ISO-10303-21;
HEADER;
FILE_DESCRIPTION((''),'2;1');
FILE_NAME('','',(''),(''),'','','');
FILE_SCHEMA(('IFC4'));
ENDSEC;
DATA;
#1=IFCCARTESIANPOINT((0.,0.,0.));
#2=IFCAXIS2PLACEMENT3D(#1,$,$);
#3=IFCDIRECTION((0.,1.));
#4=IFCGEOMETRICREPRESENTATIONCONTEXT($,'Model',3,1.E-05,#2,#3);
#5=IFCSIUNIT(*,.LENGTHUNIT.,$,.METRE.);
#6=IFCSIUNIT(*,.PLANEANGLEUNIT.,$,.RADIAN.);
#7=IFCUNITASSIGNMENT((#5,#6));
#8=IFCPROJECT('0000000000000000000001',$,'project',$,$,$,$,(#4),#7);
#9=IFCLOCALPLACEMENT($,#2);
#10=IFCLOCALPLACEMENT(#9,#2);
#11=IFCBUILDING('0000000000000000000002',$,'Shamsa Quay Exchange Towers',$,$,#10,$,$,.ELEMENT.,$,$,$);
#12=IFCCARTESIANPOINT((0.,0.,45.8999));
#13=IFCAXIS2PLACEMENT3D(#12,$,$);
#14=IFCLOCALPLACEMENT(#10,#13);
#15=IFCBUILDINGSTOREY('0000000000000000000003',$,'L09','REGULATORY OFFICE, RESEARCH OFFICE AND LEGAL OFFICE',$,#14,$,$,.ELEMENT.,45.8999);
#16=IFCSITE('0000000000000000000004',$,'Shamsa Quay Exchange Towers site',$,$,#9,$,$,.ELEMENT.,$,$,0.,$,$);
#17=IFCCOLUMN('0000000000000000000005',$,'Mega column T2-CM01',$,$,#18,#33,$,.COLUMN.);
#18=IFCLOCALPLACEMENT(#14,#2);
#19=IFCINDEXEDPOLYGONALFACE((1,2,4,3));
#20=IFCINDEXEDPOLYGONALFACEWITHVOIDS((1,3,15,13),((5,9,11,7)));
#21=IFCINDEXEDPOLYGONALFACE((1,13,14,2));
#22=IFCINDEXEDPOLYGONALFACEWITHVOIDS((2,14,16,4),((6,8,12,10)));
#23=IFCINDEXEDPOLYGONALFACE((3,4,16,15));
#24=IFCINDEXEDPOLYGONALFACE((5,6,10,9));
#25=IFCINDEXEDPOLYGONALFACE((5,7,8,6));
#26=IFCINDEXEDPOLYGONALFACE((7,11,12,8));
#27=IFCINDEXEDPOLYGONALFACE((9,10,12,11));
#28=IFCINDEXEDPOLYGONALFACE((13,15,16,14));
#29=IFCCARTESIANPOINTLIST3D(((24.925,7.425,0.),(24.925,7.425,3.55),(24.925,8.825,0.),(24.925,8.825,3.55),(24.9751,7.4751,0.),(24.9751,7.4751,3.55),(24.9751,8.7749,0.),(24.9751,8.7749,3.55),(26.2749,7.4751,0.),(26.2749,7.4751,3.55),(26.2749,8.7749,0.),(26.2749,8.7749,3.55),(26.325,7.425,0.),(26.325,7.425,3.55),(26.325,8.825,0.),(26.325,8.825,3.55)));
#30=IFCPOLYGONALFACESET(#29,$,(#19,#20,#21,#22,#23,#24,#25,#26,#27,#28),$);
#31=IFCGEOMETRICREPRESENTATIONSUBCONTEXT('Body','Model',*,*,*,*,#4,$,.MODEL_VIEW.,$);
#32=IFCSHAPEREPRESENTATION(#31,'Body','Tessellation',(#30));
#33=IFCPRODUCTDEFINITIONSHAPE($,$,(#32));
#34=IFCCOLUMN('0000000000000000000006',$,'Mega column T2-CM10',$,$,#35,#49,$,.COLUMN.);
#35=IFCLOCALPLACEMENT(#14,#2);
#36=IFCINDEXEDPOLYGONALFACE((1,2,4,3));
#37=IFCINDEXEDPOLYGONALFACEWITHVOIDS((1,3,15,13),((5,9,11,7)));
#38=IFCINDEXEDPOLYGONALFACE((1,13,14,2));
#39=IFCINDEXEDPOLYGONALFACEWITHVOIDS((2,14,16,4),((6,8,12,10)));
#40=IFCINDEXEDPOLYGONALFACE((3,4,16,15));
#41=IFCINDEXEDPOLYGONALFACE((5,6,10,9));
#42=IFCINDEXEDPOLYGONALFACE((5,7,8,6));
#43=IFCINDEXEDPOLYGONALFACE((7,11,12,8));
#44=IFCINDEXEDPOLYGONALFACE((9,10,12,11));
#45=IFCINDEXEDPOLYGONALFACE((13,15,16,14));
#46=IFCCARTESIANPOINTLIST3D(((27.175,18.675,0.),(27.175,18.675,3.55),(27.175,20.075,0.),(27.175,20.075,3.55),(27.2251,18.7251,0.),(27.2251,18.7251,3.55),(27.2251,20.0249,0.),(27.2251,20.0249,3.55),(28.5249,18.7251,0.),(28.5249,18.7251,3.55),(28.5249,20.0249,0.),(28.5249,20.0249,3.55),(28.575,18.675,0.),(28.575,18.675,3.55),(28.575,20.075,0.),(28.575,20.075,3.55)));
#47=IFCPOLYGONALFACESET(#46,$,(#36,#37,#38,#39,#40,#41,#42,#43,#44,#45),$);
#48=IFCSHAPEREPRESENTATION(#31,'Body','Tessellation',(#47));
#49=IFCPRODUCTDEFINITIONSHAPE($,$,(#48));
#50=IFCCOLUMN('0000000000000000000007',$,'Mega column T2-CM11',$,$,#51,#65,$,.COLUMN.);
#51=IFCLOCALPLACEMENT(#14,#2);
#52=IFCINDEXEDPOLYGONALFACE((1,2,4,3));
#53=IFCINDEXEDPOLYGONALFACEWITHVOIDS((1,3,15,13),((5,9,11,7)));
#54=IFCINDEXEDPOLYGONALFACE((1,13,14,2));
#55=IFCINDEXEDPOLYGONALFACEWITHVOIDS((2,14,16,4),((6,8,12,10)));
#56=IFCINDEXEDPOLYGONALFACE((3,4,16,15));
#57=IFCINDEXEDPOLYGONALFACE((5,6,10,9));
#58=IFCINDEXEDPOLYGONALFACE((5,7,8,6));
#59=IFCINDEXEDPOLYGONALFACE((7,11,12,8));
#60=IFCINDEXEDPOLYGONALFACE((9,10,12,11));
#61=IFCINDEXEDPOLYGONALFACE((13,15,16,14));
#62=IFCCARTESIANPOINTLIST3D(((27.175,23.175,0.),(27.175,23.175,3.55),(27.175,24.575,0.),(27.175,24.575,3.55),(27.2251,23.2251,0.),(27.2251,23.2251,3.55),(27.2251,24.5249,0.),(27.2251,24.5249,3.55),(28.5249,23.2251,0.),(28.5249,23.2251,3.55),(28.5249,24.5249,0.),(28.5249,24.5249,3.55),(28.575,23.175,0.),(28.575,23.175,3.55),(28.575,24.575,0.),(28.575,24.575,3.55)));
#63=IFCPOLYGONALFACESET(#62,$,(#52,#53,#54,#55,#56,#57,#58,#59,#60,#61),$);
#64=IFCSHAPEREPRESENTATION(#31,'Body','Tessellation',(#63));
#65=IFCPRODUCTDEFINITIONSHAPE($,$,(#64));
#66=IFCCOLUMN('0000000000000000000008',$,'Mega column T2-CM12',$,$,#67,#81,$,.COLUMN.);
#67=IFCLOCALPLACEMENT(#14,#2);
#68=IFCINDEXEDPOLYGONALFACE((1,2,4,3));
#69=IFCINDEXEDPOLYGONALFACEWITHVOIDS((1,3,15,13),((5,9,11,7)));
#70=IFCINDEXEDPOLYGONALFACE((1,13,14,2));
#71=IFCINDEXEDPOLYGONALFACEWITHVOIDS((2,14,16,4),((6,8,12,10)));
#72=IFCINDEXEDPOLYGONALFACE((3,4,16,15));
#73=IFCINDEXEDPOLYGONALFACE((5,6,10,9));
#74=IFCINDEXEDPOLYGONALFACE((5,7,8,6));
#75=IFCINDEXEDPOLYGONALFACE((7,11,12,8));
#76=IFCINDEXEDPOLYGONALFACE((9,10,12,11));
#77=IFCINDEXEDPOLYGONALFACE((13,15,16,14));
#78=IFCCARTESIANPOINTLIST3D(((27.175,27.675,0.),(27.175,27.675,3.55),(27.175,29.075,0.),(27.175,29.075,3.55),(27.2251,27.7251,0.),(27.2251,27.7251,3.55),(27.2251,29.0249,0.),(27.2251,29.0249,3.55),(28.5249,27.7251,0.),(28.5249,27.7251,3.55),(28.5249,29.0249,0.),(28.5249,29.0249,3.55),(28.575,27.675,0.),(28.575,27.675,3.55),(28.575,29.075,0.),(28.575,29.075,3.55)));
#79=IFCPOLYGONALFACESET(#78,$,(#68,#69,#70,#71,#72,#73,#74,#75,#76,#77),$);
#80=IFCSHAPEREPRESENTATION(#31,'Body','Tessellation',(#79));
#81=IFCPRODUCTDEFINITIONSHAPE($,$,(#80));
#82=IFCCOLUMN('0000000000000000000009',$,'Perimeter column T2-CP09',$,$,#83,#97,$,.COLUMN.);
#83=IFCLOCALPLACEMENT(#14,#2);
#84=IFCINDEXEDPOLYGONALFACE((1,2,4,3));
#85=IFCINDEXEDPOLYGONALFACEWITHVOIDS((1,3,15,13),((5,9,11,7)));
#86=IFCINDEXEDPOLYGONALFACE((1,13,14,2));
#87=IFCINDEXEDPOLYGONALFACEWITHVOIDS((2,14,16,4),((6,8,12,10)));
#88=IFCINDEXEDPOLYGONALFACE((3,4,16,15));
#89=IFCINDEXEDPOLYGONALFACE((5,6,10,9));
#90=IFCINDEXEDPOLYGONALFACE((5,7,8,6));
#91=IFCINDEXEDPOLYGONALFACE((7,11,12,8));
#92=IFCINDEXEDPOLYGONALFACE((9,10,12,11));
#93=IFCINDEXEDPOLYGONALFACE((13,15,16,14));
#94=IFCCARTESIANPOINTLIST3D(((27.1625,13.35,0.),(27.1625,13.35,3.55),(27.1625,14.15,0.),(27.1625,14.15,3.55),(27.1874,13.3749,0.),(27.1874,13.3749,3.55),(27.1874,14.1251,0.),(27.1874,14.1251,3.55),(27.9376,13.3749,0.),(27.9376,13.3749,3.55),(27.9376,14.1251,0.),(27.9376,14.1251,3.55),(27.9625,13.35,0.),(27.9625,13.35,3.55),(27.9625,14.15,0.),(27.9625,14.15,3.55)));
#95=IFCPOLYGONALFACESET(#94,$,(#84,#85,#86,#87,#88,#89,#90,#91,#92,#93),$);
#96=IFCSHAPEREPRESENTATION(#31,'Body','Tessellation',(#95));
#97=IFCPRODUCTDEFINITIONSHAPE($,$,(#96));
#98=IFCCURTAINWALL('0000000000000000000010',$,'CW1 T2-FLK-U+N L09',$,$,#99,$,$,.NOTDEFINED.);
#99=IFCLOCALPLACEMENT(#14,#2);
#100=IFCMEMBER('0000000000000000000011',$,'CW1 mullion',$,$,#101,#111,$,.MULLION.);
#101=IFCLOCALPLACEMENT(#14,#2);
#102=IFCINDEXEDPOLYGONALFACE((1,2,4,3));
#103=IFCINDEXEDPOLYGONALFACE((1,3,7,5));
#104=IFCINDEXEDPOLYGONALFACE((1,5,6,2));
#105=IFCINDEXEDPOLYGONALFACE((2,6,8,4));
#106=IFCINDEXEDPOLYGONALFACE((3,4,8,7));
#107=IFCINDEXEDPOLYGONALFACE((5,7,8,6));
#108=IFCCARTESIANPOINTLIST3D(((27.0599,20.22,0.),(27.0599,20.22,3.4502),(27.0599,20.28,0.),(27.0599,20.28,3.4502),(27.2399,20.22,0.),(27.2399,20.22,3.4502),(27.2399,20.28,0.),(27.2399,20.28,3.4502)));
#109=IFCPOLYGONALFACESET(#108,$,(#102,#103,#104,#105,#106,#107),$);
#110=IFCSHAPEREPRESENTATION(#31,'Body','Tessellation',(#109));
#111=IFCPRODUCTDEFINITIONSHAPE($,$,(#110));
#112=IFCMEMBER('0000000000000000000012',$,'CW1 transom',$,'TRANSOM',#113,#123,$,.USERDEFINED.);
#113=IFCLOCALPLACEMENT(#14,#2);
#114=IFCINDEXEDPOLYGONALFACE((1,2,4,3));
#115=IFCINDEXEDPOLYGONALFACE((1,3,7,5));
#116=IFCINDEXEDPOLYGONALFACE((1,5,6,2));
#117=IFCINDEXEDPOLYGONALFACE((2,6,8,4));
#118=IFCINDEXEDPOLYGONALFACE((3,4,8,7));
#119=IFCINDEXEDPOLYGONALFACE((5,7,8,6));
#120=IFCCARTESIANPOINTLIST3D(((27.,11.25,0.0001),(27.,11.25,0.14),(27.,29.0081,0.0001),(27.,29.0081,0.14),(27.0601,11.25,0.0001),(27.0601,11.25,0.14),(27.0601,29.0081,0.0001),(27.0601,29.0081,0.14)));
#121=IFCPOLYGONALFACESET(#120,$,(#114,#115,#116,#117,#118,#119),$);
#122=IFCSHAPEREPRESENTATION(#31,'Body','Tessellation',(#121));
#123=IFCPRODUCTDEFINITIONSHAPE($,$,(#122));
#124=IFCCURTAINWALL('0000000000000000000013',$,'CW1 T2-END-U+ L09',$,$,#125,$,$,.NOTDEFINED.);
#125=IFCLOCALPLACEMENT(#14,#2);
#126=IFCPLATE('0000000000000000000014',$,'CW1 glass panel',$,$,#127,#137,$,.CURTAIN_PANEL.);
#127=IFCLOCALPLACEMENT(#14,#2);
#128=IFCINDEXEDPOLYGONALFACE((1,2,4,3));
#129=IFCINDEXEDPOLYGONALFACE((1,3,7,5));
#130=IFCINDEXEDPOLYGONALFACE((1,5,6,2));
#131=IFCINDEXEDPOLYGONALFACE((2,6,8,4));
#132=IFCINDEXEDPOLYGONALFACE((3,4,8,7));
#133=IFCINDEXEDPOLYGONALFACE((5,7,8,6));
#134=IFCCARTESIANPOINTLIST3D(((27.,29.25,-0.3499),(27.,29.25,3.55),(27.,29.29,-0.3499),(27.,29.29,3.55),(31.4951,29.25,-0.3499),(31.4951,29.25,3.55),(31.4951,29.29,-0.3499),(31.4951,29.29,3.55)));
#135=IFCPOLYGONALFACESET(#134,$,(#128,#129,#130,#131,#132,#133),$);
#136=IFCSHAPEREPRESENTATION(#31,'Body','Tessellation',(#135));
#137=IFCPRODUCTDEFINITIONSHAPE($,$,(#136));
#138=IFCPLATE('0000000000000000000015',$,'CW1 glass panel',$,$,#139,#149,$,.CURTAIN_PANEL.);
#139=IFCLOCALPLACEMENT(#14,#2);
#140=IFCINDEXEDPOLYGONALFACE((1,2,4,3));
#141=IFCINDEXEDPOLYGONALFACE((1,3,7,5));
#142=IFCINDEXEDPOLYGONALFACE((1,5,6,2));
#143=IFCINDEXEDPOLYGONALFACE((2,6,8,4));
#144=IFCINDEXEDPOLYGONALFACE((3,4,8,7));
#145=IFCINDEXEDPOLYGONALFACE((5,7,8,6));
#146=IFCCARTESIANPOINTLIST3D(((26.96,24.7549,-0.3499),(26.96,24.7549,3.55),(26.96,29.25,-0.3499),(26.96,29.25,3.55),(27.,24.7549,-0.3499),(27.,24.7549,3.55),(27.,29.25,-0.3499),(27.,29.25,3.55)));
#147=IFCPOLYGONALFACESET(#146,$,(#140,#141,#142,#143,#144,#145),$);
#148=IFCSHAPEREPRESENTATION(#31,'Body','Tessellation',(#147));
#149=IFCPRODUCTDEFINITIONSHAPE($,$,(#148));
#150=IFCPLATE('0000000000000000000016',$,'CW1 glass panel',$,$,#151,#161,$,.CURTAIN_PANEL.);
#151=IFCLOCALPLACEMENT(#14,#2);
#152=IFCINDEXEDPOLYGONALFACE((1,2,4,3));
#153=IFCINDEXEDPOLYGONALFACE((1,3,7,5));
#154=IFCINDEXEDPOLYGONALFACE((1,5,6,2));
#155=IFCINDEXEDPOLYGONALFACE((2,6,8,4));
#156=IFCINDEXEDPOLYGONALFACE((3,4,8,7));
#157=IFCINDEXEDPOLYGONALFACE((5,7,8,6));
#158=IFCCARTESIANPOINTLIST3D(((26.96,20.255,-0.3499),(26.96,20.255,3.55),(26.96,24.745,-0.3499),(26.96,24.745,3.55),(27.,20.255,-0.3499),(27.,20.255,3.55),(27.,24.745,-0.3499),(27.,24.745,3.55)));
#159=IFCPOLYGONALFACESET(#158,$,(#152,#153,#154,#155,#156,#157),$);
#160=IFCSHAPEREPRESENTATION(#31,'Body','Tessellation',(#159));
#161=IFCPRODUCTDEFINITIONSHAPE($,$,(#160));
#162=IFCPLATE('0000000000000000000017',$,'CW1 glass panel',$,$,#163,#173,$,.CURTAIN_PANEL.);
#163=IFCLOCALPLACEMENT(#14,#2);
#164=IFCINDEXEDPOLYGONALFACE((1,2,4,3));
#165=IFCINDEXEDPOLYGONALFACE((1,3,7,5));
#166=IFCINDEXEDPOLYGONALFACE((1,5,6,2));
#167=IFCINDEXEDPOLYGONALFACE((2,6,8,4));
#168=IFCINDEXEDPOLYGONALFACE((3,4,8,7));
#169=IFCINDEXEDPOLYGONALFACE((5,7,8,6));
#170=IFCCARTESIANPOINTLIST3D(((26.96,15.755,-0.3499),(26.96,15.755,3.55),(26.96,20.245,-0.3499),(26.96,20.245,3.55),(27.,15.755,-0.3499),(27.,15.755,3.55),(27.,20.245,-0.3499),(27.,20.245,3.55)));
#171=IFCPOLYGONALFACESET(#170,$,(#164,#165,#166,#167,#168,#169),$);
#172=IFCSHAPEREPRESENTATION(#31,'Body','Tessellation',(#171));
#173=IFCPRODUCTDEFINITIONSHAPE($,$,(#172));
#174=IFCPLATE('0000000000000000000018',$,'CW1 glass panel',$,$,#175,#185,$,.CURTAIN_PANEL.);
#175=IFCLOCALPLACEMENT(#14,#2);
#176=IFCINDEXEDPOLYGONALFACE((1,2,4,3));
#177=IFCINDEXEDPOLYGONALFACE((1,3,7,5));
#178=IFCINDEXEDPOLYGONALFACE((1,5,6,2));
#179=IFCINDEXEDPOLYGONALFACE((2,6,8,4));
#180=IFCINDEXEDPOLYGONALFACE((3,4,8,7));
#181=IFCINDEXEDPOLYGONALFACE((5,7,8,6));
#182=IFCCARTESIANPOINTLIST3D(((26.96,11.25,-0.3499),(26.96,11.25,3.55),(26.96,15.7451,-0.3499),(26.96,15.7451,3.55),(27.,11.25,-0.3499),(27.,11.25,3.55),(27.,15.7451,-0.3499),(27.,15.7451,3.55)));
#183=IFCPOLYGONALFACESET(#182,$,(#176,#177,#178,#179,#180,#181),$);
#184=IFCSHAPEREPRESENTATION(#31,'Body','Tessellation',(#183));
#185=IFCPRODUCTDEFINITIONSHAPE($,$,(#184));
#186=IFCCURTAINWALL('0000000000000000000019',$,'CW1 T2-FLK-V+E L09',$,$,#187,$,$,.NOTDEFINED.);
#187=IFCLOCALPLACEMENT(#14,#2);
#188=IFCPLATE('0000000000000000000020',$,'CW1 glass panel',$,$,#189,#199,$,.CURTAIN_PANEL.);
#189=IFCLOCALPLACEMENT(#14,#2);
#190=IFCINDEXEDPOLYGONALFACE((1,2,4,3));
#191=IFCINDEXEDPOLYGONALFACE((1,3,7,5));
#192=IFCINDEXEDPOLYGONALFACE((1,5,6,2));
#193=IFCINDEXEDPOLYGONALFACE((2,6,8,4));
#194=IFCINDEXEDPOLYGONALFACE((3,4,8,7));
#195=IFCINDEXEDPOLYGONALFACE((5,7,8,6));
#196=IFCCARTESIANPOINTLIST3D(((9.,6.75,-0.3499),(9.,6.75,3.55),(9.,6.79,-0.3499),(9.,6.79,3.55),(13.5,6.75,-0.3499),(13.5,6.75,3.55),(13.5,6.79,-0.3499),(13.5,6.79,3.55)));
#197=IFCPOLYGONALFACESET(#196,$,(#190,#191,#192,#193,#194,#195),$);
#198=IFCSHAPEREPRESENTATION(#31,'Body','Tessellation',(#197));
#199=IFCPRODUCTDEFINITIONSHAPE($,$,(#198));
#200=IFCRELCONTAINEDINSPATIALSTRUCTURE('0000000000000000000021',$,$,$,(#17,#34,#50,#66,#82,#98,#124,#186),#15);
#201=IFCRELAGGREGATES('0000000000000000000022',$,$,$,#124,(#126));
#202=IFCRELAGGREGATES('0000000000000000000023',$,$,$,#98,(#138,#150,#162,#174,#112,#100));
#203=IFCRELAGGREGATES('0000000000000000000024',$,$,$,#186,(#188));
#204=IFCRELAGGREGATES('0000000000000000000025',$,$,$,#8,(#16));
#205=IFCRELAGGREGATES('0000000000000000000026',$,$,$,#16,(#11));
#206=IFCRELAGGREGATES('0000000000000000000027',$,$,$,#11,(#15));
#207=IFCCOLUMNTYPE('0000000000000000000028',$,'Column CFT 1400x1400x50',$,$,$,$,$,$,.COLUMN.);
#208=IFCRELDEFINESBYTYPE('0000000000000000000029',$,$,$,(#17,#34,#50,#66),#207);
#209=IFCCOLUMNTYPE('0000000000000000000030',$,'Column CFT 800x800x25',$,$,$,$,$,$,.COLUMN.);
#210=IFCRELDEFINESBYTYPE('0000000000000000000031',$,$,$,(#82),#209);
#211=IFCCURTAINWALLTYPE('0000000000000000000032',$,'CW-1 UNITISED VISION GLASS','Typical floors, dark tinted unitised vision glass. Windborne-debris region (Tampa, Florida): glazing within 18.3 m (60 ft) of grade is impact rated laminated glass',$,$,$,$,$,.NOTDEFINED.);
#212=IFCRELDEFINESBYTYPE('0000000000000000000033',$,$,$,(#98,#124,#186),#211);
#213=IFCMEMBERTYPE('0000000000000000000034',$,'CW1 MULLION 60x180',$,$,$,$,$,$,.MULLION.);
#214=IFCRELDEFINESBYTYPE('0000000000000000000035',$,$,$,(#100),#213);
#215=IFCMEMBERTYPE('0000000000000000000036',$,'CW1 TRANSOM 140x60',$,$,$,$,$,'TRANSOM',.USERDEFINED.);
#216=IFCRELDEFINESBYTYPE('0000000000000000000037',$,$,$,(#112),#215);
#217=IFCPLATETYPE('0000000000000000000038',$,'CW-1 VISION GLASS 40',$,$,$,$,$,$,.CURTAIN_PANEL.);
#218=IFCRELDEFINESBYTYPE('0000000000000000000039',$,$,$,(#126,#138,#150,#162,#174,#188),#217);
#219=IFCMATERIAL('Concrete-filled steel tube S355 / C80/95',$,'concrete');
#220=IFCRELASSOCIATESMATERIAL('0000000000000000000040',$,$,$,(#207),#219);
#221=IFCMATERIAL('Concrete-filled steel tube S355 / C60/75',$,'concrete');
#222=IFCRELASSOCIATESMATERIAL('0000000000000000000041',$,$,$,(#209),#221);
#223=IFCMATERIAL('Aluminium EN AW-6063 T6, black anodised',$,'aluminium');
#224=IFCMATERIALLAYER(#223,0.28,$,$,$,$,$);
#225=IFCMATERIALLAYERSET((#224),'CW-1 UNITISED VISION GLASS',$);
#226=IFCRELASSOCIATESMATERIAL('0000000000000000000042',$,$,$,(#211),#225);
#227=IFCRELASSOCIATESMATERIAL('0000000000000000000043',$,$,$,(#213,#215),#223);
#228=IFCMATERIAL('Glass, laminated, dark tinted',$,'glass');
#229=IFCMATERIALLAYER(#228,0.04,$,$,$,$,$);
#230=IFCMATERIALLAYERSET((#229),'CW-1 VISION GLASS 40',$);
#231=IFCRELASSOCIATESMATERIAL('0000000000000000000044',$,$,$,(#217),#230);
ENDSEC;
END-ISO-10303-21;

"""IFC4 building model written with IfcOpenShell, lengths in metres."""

from ifc_helpers import new_model, si_unit, direction, frame, origin, origin_2d, place, context, subcontext, project, spatial, rectangle, hollow_rectangle, extrude, material, layer, layer_set, material_profile, profile_set, type_object, element, aggregate, save


model = new_model("IFC4")

# Units and contexts
model_context = context("Model", 3, precision=1e-05, world=origin(), true_north=direction((0.0, 1.0)))
body_context = subcontext(model_context, "Body", "Model", "MODEL_VIEW")
ifc_project = project(units=[si_unit("LENGTHUNIT", "METRE"), si_unit("PLANEANGLEUNIT", "RADIAN")], contexts=[model_context])

# Site, building, storey
site_placement = place(None, origin())
site = spatial("IfcSite", under=ifc_project, at=site_placement, Name="Shamsa Quay Exchange Towers site", CompositionType="ELEMENT", RefElevation=0.0)
building_placement = place(site_placement, origin())
building = spatial("IfcBuilding", under=site, at=building_placement, Name="Shamsa Quay Exchange Towers", CompositionType="ELEMENT")
storey_placement = place(building_placement, frame((0.0, 0.0, 45.8999)))
storey = spatial("IfcBuildingStorey", under=building, at=storey_placement, Name="L09", Description="REGULATORY OFFICE, RESEARCH OFFICE AND LEGAL OFFICE", CompositionType="ELEMENT", Elevation=45.8999)

# Columns
ifc_material_1 = material(Name="Concrete-filled steel tube S355 / C80/95", Category="concrete")
ifc_material_profile_1 = material_profile(ifc_material_1, hollow_rectangle(XDim=1.3999, YDim=1.3999, WallThickness=0.05, at=origin_2d()), Name="CFT 1400x1400x50")
ifc_profile_set_1 = profile_set([ifc_material_profile_1], Name="Concrete-filled steel tube S355 / C80/95")
column_type_1 = type_object("IfcColumnType", Name="Column CFT 1400x1400x50", PredefinedType="COLUMN", material=ifc_profile_set_1)
for number, where, name in (
    (1, (25.625, 8.125, 0.0), "Mega column T2-CM01"),
    (2, (27.875, 19.375, 0.0), "Mega column T2-CM10"),
    (3, (27.875, 23.875, 0.0), "Mega column T2-CM11"),
    (4, (27.875, 28.375, 0.0), "Mega column T2-CM12"),
):
    element("IfcColumn", number, at=place(storey_placement, frame(where)), inside=storey, type_object=column_type_1, Name=name, PredefinedType="COLUMN", context=body_context, shape_type="SweptSolid", body=[
        extrude(hollow_rectangle(XDim=1.3999, YDim=1.3999, WallThickness=0.05, at=origin_2d()), origin(), (0.0, 0.0, 1.0), 3.55),
    ])
ifc_material_2 = material(Name="Concrete-filled steel tube S355 / C60/75", Category="concrete")
ifc_material_profile_2 = material_profile(ifc_material_2, hollow_rectangle(XDim=0.8, YDim=0.8, WallThickness=0.0249, at=origin_2d()), Name="CFT 800x800x25")
ifc_profile_set_2 = profile_set([ifc_material_profile_2], Name="Concrete-filled steel tube S355 / C60/75")
column_type_2 = type_object("IfcColumnType", Name="Column CFT 800x800x25", PredefinedType="COLUMN", material=ifc_profile_set_2)
column_placement = place(storey_placement, frame((27.5625, 13.75, 0.0)))
element("IfcColumn", 5, at=column_placement, inside=storey, type_object=column_type_2, Name="Perimeter column T2-CP09", PredefinedType="COLUMN", context=body_context, shape_type="SweptSolid", body=[
    extrude(hollow_rectangle(XDim=0.8, YDim=0.8, WallThickness=0.0249, at=origin_2d()), origin(), (0.0, 0.0, 1.0), 3.55),
])

# Curtain wall, members
ifc_material_3 = material(Name="Aluminium EN AW-6063 T6, black anodised", Category="aluminium")
ifc_layer_1 = layer(ifc_material_3, 0.28)
ifc_layer_set_1 = layer_set([ifc_layer_1], Name="CW-1 UNITISED VISION GLASS")
curtain_wall_type_1 = type_object("IfcCurtainWallType", Name="CW-1 UNITISED VISION GLASS", Description="Typical floors, dark tinted unitised vision glass. Windborne-debris region (Tampa, Florida): glazing within 18.3 m (60 ft) of grade is impact rated laminated glass", PredefinedType="NOTDEFINED", material=ifc_layer_set_1)
curtain_wall_1_placement = place(storey_placement, origin())
curtain_wall_1 = element("IfcCurtainWall", 6, at=curtain_wall_1_placement, inside=storey, type_object=curtain_wall_type_1, Name="CW1 T2-FLK-U+N L09", PredefinedType="NOTDEFINED")
ifc_material_profile_3 = material_profile(ifc_material_3, rectangle(XDim=0.1799, YDim=0.0601, at=origin_2d()), Name="MU60x180")
ifc_profile_set_3 = profile_set([ifc_material_profile_3], Name="Aluminium EN AW-6063 T6, black anodised")
member_type_1 = type_object("IfcMemberType", Name="CW1 MULLION 60x180", PredefinedType="MULLION", material=ifc_profile_set_3)
member_1_placement = place(storey_placement, frame((27.1499, 20.25, 0.0)))
member_1 = element("IfcMember", 7, at=member_1_placement, type_object=member_type_1, Name="CW1 mullion", PredefinedType="MULLION", context=body_context, shape_type="SweptSolid", body=[
    extrude(rectangle(XDim=0.1799, YDim=0.0601, at=origin_2d()), origin(), (0.0, 0.0, 1.0), 3.4502),
])
ifc_material_profile_4 = material_profile(ifc_material_3, rectangle(XDim=0.0601, YDim=0.1399, at=origin_2d()), Name="TR140x60")
ifc_profile_set_4 = profile_set([ifc_material_profile_4], Name="Aluminium EN AW-6063 T6, black anodised")
member_type_2 = type_object("IfcMemberType", Name="CW1 TRANSOM 140x60", ElementType="TRANSOM", PredefinedType="USERDEFINED", material=ifc_profile_set_4)
member_2_placement = place(storey_placement, frame((27.03, 29.0081, 0.0701), z_axis=(0.0, -1.0, 0.0), x_axis=(1.0, 0.0, 0.0)))
member_2 = element("IfcMember", 8, at=member_2_placement, type_object=member_type_2, Name="CW1 transom", ObjectType="TRANSOM", PredefinedType="USERDEFINED", context=body_context, shape_type="SweptSolid", body=[
    extrude(rectangle(XDim=0.0601, YDim=0.1399, at=origin_2d()), origin(), (0.0, 0.0, 1.0), 17.7581),
])

# Curtain wall, plate
curtain_wall_2_placement = place(storey_placement, origin())
curtain_wall_2 = element("IfcCurtainWall", 9, at=curtain_wall_2_placement, inside=storey, type_object=curtain_wall_type_1, Name="CW1 T2-END-U+ L09", PredefinedType="NOTDEFINED")
ifc_material_4 = material(Name="Glass, laminated, dark tinted", Category="glass")
ifc_layer_2 = layer(ifc_material_4, 0.04)
ifc_layer_set_2 = layer_set([ifc_layer_2], Name="CW-1 VISION GLASS 40")
plate_type_1 = type_object("IfcPlateType", Name="CW-1 VISION GLASS 40", PredefinedType="CURTAIN_PANEL", material=ifc_layer_set_2)
plate_1_placement = place(storey_placement, frame((29.2476, 29.27, -0.3499), z_axis=(0.0, 0.0, 1.0), x_axis=(-1.0, 0.0, 0.0)))
plate_1 = element("IfcPlate", 10, at=plate_1_placement, type_object=plate_type_1, Name="CW1 glass panel", PredefinedType="CURTAIN_PANEL", context=body_context, shape_type="SweptSolid", body=[
    extrude(rectangle(XDim=4.4951, YDim=0.04, at=origin_2d()), origin(), (0.0, 0.0, 1.0), 3.8999),
])
aggregate(curtain_wall_2, [plate_1])

# Plates
plate_2_placement = place(storey_placement, frame((26.98, 27.0024, -0.3499), z_axis=(0.0, 0.0, 1.0), x_axis=(0.0, -1.0, 0.0)))
plate_2 = element("IfcPlate", 11, at=plate_2_placement, type_object=plate_type_1, Name="CW1 glass panel", PredefinedType="CURTAIN_PANEL", context=body_context, shape_type="SweptSolid", body=[
    extrude(rectangle(XDim=4.4951, YDim=0.04, at=origin_2d()), origin(), (0.0, 0.0, 1.0), 3.8999),
])
plate_3_placement = place(storey_placement, frame((26.98, 22.5, -0.3499), z_axis=(0.0, 0.0, 1.0), x_axis=(0.0, -1.0, 0.0)))
plate_3 = element("IfcPlate", 12, at=plate_3_placement, type_object=plate_type_1, Name="CW1 glass panel", PredefinedType="CURTAIN_PANEL", context=body_context, shape_type="SweptSolid", body=[
    extrude(rectangle(XDim=4.49, YDim=0.04, at=origin_2d()), origin(), (0.0, 0.0, 1.0), 3.8999),
])
plate_4_placement = place(storey_placement, frame((26.98, 18.0, -0.3499), z_axis=(0.0, 0.0, 1.0), x_axis=(0.0, -1.0, 0.0)))
plate_4 = element("IfcPlate", 13, at=plate_4_placement, type_object=plate_type_1, Name="CW1 glass panel", PredefinedType="CURTAIN_PANEL", context=body_context, shape_type="SweptSolid", body=[
    extrude(rectangle(XDim=4.49, YDim=0.04, at=origin_2d()), origin(), (0.0, 0.0, 1.0), 3.8999),
])
plate_5_placement = place(storey_placement, frame((26.98, 13.4976, -0.3499), z_axis=(0.0, 0.0, 1.0), x_axis=(0.0, -1.0, 0.0)))
plate_5 = element("IfcPlate", 14, at=plate_5_placement, type_object=plate_type_1, Name="CW1 glass panel", PredefinedType="CURTAIN_PANEL", context=body_context, shape_type="SweptSolid", body=[
    extrude(rectangle(XDim=4.4951, YDim=0.04, at=origin_2d()), origin(), (0.0, 0.0, 1.0), 3.8999),
])
aggregate(curtain_wall_1, [plate_2, plate_3, plate_4, plate_5, member_2, member_1])

# Curtain wall, plate
curtain_wall_3_placement = place(storey_placement, origin())
curtain_wall_3 = element("IfcCurtainWall", 15, at=curtain_wall_3_placement, inside=storey, type_object=curtain_wall_type_1, Name="CW1 T2-FLK-V+E L09", PredefinedType="NOTDEFINED")
plate_6_placement = place(storey_placement, frame((11.25, 6.77, -0.3499), z_axis=(0.0, 0.0, 1.0), x_axis=(-1.0, 0.0, 0.0)))
plate_6 = element("IfcPlate", 16, at=plate_6_placement, type_object=plate_type_1, Name="CW1 glass panel", PredefinedType="CURTAIN_PANEL", context=body_context, shape_type="SweptSolid", body=[
    extrude(rectangle(XDim=4.5, YDim=0.04, at=origin_2d()), origin(), (0.0, 0.0, 1.0), 3.8999),
])
aggregate(curtain_wall_3, [plate_6])

save(model, "model.ifc")
